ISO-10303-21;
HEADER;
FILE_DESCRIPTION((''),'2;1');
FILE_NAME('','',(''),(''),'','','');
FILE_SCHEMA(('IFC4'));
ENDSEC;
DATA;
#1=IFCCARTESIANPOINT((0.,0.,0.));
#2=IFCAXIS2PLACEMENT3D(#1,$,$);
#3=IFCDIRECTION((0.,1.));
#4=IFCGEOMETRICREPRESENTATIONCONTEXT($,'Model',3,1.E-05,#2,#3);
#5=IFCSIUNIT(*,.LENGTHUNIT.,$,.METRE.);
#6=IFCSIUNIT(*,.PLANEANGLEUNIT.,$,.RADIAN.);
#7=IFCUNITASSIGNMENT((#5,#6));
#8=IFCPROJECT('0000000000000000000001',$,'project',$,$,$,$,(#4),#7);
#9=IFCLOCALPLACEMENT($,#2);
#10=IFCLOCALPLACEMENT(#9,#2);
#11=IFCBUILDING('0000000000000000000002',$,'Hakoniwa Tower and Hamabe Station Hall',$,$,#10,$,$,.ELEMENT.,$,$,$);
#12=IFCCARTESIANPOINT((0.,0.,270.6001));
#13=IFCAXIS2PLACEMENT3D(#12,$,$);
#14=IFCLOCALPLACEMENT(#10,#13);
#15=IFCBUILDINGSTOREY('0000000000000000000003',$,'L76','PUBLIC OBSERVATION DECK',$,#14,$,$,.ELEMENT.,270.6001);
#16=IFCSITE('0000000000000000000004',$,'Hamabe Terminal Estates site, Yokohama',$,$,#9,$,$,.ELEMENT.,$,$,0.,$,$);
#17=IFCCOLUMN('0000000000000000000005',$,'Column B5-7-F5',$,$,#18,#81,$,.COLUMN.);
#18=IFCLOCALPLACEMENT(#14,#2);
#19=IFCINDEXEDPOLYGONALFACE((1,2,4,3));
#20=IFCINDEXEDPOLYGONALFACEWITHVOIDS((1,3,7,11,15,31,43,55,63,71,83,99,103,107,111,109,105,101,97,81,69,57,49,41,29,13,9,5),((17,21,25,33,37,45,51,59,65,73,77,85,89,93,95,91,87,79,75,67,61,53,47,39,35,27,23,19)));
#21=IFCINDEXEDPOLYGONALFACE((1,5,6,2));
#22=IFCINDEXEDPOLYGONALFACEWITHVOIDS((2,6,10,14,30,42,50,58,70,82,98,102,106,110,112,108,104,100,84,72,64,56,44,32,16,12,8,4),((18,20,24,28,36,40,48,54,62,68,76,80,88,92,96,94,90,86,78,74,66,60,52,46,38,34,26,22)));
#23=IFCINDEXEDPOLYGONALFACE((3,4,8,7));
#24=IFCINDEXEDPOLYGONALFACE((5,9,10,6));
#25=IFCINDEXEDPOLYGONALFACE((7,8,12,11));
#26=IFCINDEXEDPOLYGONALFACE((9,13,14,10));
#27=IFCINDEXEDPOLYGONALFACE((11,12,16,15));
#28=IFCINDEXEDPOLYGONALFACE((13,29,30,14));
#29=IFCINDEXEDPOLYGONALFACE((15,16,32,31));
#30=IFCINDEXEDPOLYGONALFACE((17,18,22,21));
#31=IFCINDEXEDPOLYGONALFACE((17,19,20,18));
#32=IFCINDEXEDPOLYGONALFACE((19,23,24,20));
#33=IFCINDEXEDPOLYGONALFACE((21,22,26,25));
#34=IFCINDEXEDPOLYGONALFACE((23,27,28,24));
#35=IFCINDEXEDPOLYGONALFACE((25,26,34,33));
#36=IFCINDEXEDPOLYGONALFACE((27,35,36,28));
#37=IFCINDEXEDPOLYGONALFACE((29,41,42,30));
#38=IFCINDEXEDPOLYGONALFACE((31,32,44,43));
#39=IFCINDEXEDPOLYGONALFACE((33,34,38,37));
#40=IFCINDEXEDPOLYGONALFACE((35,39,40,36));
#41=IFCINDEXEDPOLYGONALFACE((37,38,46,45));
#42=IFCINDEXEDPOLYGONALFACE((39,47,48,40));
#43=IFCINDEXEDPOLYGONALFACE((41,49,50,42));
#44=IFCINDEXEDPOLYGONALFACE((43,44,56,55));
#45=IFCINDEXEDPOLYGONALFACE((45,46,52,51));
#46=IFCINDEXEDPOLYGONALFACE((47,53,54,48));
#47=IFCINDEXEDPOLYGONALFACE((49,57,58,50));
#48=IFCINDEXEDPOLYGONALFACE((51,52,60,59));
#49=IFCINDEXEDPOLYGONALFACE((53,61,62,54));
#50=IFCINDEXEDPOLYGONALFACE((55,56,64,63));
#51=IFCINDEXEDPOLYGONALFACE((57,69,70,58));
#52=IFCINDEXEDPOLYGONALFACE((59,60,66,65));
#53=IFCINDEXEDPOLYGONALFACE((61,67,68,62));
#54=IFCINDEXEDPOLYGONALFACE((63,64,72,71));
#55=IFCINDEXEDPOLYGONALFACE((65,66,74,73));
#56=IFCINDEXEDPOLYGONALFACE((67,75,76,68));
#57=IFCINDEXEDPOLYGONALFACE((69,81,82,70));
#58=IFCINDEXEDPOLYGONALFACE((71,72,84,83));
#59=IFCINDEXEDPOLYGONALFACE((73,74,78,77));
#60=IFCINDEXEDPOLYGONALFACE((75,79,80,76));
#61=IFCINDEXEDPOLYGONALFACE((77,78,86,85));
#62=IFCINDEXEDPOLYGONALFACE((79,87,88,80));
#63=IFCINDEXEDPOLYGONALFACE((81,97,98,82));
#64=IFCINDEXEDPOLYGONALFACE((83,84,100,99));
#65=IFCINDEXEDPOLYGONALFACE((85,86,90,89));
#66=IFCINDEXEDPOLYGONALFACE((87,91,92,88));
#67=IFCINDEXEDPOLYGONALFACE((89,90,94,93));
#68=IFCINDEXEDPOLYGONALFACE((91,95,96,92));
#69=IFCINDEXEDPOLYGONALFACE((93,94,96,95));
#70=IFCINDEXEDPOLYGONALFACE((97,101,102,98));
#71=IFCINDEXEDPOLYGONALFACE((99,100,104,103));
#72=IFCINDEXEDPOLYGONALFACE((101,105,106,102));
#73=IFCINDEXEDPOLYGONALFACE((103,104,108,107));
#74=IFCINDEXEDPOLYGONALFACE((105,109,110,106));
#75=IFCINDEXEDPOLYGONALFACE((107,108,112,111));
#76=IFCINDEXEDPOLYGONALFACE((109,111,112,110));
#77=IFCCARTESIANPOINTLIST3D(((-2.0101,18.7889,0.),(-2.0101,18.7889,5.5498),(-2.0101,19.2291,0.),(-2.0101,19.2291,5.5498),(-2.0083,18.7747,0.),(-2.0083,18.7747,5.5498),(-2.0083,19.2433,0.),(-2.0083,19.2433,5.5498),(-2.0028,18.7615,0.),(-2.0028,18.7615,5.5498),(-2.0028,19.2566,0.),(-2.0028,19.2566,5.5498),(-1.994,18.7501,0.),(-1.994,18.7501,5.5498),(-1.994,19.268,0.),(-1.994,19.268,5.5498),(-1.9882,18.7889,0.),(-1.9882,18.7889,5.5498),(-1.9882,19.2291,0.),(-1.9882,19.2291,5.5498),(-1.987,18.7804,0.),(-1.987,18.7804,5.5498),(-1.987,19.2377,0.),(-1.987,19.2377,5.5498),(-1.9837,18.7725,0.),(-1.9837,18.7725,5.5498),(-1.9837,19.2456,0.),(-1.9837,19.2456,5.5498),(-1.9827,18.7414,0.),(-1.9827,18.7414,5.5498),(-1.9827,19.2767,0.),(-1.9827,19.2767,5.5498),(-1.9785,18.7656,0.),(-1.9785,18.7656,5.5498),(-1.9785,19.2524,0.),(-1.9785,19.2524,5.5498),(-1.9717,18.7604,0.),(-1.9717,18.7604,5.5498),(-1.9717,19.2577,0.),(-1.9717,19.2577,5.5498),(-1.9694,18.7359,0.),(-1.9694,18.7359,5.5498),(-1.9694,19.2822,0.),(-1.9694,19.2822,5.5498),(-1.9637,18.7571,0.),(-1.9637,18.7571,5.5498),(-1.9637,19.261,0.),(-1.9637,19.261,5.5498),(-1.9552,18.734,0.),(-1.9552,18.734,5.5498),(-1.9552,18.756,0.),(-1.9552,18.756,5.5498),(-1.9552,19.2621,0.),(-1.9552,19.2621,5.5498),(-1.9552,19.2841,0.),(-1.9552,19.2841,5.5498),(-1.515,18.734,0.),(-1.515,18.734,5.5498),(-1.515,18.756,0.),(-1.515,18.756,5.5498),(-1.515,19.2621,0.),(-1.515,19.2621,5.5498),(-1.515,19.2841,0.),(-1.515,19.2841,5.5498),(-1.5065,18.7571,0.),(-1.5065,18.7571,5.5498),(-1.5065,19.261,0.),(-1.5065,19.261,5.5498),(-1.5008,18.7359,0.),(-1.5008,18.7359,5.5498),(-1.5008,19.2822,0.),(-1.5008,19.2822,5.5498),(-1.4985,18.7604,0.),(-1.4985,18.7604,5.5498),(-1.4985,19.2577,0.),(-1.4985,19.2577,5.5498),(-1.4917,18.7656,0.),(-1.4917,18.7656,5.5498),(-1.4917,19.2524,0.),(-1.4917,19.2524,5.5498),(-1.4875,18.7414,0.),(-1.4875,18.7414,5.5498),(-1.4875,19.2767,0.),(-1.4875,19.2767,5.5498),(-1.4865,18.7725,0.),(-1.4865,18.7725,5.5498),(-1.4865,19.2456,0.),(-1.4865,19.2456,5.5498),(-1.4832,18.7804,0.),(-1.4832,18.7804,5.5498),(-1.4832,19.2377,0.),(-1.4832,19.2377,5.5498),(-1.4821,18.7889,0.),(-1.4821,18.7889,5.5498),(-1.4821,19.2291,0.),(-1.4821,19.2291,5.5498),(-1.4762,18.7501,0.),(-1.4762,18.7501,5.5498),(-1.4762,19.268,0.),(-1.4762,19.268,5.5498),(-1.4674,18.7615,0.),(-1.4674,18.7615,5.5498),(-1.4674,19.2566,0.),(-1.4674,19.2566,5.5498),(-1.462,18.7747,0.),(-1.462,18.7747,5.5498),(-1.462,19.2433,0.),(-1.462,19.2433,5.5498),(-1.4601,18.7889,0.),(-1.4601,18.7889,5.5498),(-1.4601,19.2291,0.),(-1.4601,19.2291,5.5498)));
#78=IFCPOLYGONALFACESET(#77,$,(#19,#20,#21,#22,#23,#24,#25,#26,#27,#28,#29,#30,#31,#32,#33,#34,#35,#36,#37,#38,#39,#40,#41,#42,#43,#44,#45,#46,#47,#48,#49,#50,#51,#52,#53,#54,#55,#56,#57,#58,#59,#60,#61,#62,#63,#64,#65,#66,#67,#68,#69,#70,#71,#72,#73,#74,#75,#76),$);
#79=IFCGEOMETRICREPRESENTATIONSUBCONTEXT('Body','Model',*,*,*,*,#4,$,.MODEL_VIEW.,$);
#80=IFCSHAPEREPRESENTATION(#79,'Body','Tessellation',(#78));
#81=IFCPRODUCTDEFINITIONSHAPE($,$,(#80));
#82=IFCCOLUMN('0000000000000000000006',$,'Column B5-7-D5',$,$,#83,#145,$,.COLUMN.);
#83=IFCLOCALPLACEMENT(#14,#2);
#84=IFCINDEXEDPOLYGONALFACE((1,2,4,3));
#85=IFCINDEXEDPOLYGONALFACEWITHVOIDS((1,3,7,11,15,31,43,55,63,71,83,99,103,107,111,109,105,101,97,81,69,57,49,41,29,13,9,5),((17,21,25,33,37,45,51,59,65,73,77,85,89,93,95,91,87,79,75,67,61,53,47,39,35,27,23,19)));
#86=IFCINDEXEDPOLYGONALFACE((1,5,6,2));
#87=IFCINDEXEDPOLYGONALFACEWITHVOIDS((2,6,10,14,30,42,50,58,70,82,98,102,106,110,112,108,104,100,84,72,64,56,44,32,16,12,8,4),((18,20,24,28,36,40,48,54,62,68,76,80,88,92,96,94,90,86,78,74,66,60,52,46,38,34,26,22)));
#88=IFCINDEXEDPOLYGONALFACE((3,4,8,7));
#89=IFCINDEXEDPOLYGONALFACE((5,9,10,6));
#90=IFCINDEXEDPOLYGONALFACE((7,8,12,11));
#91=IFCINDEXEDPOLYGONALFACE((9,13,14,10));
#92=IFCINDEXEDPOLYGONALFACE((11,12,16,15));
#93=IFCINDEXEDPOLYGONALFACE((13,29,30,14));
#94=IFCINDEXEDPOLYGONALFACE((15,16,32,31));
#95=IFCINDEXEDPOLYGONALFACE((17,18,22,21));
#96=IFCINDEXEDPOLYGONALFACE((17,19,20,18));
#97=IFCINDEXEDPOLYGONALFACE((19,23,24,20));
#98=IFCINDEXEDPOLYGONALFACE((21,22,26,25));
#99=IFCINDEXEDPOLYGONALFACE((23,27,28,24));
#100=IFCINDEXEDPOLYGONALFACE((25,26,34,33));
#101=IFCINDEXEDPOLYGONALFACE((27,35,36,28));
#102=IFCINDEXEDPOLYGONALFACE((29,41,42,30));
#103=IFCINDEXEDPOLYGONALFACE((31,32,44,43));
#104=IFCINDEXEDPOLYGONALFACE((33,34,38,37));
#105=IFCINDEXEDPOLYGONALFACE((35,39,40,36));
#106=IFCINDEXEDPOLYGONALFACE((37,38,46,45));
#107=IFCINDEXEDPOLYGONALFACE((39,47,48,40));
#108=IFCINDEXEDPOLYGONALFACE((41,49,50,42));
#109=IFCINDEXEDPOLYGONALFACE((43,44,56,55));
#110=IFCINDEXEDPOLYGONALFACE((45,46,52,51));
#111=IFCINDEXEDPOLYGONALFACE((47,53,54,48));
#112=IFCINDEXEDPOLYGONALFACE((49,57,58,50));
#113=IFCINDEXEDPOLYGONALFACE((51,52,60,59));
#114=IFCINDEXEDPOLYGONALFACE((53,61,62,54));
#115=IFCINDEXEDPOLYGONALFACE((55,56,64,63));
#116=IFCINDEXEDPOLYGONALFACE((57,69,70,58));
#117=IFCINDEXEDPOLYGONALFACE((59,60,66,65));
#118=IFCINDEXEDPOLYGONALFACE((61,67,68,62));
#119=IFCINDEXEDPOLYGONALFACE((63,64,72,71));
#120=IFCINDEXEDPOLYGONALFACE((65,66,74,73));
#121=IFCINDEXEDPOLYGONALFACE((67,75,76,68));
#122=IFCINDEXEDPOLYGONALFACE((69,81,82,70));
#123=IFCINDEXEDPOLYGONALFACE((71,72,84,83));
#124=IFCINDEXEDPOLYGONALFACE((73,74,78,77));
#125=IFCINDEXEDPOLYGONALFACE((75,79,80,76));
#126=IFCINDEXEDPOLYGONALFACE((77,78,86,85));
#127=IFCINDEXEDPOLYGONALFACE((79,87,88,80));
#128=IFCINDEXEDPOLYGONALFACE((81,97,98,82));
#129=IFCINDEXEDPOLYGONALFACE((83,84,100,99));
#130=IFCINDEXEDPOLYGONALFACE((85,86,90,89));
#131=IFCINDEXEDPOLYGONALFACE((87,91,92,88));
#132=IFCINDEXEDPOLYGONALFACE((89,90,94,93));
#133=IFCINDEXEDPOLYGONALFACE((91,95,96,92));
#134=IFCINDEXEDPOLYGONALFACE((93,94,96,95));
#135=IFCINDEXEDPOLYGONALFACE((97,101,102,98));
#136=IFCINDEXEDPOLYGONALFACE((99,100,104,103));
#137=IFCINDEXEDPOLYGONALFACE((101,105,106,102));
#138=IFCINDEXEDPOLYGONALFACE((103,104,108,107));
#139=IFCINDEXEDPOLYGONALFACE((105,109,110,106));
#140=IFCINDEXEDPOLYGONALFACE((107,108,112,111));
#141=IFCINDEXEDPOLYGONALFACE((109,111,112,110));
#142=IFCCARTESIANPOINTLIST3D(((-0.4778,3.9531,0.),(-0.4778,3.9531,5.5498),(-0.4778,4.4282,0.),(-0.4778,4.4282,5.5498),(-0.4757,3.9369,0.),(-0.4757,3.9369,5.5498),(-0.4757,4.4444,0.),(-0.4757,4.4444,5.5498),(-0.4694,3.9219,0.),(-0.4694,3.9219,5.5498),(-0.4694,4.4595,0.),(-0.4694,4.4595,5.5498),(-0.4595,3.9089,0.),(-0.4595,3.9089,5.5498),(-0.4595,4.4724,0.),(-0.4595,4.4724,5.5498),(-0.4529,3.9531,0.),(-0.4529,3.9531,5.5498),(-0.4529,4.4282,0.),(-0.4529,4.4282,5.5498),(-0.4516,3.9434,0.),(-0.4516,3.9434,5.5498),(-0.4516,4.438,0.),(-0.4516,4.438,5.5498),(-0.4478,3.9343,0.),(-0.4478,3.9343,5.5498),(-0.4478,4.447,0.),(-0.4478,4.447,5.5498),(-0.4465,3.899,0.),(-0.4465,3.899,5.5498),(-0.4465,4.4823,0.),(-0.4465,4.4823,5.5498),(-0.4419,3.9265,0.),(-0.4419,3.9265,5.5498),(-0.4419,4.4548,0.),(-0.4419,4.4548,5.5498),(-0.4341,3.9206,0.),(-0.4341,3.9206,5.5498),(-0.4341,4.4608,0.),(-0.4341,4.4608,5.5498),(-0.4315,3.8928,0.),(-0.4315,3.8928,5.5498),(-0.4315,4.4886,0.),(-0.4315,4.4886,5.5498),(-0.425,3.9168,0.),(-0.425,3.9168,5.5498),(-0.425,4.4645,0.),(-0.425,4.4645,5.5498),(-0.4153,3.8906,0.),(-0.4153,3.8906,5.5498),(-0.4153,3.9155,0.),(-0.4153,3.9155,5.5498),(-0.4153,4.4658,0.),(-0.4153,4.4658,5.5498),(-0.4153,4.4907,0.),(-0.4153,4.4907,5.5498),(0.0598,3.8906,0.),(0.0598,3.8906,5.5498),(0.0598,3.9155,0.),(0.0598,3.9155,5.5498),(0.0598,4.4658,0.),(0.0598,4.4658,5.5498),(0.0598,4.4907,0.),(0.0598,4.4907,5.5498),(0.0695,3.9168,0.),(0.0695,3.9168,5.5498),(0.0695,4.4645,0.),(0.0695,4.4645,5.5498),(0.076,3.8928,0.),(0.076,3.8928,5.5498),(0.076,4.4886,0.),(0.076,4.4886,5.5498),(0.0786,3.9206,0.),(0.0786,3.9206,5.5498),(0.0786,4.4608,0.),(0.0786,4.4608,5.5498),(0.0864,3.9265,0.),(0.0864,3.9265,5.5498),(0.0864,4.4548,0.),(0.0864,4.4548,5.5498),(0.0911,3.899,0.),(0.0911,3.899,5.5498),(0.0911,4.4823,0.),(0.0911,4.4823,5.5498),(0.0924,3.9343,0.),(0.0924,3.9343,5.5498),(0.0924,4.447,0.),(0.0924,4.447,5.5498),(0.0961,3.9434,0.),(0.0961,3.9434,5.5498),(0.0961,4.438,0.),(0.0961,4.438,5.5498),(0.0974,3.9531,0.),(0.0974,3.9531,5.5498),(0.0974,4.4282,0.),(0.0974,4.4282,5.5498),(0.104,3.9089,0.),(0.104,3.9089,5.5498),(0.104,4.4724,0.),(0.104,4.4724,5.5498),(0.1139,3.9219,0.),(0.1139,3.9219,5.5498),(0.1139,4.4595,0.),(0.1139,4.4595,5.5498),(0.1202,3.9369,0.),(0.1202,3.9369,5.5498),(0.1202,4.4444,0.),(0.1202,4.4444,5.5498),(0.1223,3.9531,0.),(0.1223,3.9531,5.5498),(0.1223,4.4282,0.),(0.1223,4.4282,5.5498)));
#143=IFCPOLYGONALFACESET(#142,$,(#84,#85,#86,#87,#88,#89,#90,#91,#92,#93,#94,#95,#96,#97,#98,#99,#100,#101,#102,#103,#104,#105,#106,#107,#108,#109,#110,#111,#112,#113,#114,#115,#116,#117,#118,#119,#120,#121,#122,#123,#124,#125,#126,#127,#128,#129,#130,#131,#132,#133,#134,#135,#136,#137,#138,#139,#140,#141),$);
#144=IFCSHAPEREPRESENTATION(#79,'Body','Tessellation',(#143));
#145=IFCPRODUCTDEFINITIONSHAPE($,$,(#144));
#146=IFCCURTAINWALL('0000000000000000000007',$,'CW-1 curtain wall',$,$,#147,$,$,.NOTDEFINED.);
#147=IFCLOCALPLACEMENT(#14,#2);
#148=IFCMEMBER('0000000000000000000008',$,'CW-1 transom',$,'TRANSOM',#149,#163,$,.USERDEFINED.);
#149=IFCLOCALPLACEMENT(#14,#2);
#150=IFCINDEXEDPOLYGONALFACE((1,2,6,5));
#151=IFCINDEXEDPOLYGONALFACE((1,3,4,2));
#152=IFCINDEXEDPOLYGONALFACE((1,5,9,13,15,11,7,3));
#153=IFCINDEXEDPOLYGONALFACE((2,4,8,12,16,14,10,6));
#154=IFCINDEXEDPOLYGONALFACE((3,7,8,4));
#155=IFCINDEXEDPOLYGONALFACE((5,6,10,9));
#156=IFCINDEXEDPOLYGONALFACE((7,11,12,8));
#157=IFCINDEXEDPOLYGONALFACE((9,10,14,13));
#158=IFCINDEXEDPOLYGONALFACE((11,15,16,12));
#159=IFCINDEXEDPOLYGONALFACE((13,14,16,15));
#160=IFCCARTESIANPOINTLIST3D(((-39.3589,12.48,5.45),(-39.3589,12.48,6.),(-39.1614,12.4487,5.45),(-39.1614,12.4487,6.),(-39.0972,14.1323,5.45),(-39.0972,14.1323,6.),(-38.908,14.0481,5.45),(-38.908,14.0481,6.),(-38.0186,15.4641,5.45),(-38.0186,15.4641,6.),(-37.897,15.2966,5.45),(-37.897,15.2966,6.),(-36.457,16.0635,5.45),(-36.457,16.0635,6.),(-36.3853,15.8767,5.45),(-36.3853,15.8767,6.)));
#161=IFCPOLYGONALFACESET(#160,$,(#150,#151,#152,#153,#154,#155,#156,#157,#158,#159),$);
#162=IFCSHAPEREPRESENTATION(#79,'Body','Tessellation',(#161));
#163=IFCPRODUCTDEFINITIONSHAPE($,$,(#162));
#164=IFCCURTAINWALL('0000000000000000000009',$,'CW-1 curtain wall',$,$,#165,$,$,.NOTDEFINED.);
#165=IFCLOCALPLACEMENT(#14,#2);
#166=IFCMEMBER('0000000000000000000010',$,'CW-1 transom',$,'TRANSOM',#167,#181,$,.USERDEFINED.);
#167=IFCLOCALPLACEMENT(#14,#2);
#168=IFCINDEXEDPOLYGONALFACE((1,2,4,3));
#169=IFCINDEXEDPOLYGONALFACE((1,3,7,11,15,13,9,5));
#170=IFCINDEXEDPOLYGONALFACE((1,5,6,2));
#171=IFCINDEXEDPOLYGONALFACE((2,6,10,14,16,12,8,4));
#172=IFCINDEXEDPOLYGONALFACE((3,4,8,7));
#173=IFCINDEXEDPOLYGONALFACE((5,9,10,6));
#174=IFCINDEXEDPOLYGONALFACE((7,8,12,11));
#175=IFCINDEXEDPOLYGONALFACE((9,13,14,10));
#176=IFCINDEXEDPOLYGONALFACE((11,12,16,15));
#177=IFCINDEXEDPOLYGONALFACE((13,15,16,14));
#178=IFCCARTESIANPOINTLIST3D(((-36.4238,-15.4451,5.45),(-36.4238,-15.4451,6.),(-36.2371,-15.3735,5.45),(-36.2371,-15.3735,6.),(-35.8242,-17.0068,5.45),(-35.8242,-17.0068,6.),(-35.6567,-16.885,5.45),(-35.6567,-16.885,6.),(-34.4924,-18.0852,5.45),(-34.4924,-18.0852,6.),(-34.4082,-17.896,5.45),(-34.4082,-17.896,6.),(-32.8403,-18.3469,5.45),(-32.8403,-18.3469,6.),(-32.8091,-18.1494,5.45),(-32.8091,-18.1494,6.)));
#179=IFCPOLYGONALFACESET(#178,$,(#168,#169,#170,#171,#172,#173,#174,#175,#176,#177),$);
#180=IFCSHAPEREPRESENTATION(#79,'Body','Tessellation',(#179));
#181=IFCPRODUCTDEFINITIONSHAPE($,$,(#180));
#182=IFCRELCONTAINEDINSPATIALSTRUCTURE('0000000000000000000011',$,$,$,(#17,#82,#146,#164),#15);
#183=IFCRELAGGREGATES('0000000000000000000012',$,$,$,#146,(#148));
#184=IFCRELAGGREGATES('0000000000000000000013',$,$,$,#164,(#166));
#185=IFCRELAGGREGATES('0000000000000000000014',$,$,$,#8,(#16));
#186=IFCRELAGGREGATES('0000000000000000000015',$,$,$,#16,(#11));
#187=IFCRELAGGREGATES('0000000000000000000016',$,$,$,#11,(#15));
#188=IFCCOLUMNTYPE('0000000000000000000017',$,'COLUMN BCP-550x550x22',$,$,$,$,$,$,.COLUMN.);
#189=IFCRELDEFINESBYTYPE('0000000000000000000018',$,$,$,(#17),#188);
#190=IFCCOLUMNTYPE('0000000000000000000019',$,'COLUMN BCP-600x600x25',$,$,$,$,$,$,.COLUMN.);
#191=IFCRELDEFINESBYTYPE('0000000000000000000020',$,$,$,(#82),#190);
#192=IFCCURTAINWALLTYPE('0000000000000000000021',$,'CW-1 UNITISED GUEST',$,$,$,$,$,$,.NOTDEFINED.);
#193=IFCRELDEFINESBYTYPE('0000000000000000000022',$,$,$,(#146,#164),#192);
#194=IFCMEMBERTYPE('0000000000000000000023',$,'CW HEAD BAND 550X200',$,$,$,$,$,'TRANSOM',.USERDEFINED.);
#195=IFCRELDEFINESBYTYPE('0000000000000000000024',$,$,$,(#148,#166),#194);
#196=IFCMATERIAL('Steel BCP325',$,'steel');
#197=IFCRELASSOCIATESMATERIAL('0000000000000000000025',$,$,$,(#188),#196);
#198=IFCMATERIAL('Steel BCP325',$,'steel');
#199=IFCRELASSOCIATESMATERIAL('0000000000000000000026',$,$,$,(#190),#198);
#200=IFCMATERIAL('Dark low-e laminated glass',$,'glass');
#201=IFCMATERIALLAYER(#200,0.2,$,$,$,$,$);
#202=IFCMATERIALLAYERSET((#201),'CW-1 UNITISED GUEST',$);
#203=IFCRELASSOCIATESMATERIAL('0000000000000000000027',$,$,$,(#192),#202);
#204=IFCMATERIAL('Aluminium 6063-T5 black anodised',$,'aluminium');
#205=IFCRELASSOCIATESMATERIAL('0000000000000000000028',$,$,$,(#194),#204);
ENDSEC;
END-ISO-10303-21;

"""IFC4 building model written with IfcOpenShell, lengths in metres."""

from ifc_helpers import new_model, si_unit, direction, frame, origin, origin_2d, place, context, subcontext, project, spatial, polyline, rectangle, hollow_rectangle, outline, extrude, material, layer, layer_set, material_profile, profile_set, type_object, element, aggregate, save


model = new_model("IFC4")

# Units and contexts
model_context = context("Model", 3, precision=1e-05, world=origin(), true_north=direction((0.0, 1.0)))
body_context = subcontext(model_context, "Body", "Model", "MODEL_VIEW")
ifc_project = project(units=[si_unit("LENGTHUNIT", "METRE"), si_unit("PLANEANGLEUNIT", "RADIAN")], contexts=[model_context])

# Site, building, storey
site_placement = place(None, origin())
site = spatial("IfcSite", under=ifc_project, at=site_placement, Name="Hamabe Terminal Estates site, Yokohama", CompositionType="ELEMENT", RefElevation=0.0)
building_placement = place(site_placement, origin())
building = spatial("IfcBuilding", under=site, at=building_placement, Name="Hakoniwa Tower and Hamabe Station Hall", CompositionType="ELEMENT")
storey_placement = place(building_placement, frame((0.0, 0.0, 270.6001)))
storey = spatial("IfcBuildingStorey", under=building, at=storey_placement, Name="L76", Description="PUBLIC OBSERVATION DECK", CompositionType="ELEMENT", Elevation=270.6001)

# Columns
ifc_material_1 = material(Name="Steel BCP325", Category="steel")
ifc_material_profile_1 = material_profile(ifc_material_1, hollow_rectangle(XDim=0.55, YDim=0.55, WallThickness=0.022, InnerFilletRadius=0.033, OuterFilletRadius=0.0549, at=origin_2d()), Name="BCP-550x550x22")
ifc_profile_set_1 = profile_set([ifc_material_profile_1], Name="Steel BCP325")
column_type_1 = type_object("IfcColumnType", Name="COLUMN BCP-550x550x22", PredefinedType="COLUMN", material=ifc_profile_set_1)
column_1_placement = place(storey_placement, frame((-1.7351, 19.009, 0.0), z_axis=(0.0, 0.0, 1.0), x_axis=(1.0, 0.0, 0.0)))
element("IfcColumn", 1, at=column_1_placement, inside=storey, type_object=column_type_1, Name="Column B5-7-F5", PredefinedType="COLUMN", context=body_context, shape_type="SweptSolid", body=[
    extrude(hollow_rectangle(XDim=0.55, YDim=0.55, WallThickness=0.022, InnerFilletRadius=0.033, OuterFilletRadius=0.0549, at=origin_2d()), origin(), (0.0, 0.0, 1.0), 5.5498),
])
ifc_material_2 = material(Name="Steel BCP325", Category="steel")
ifc_material_profile_2 = material_profile(ifc_material_2, hollow_rectangle(XDim=0.6001, YDim=0.6001, WallThickness=0.0249, InnerFilletRadius=0.0376, OuterFilletRadius=0.0625, at=origin_2d()), Name="BCP-600x600x25")
ifc_profile_set_2 = profile_set([ifc_material_profile_2], Name="Steel BCP325")
column_type_2 = type_object("IfcColumnType", Name="COLUMN BCP-600x600x25", PredefinedType="COLUMN", material=ifc_profile_set_2)
column_2_placement = place(storey_placement, frame((-0.1777, 4.1907, 0.0), z_axis=(0.0, 0.0, 1.0), x_axis=(1.0, 0.0, 0.0)))
element("IfcColumn", 2, at=column_2_placement, inside=storey, type_object=column_type_2, Name="Column B5-7-D5", PredefinedType="COLUMN", context=body_context, shape_type="SweptSolid", body=[
    extrude(hollow_rectangle(XDim=0.6001, YDim=0.6001, WallThickness=0.0249, InnerFilletRadius=0.0376, OuterFilletRadius=0.0625, at=origin_2d()), origin(), (0.0, 0.0, 1.0), 5.5498),
])

# Curtain walls, members
ifc_material_3 = material(Name="Dark low-e laminated glass", Category="glass")
ifc_layer_1 = layer(ifc_material_3, 0.2)
ifc_layer_set_1 = layer_set([ifc_layer_1], Name="CW-1 UNITISED GUEST")
curtain_wall_type = type_object("IfcCurtainWallType", Name="CW-1 UNITISED GUEST", PredefinedType="NOTDEFINED", material=ifc_layer_set_1)
curtain_wall_1_placement = place(storey_placement, origin())
curtain_wall_1 = element("IfcCurtainWall", 3, at=curtain_wall_1_placement, inside=storey, type_object=curtain_wall_type, Name="CW-1 curtain wall", PredefinedType="NOTDEFINED")
ifc_material_4 = material(Name="Aluminium 6063-T5 black anodised", Category="aluminium")
ifc_material_profile_3 = material_profile(ifc_material_4, rectangle(XDim=0.2, YDim=0.55, at=origin_2d()), Name="CW HEAD BAND 550X200")
ifc_profile_set_3 = profile_set([ifc_material_profile_3], Name="Aluminium 6063-T5 black anodised")
member_type_1 = type_object("IfcMemberType", Name="CW HEAD BAND 550X200", ElementType="TRANSOM", PredefinedType="USERDEFINED", material=ifc_profile_set_3)
member_1_placement = place(storey_placement, frame((0.0, 0.0, 5.45)))
member_1 = element("IfcMember", 4, at=member_1_placement, type_object=member_type_1, Name="CW-1 transom", ObjectType="TRANSOM", PredefinedType="USERDEFINED", context=body_context, shape_type="SweptSolid", body=[
    extrude(outline(polyline([(-36.457, 16.0635), (-38.0186, 15.4641), (-39.0972, 14.1323), (-39.3589, 12.48), (-39.1614, 12.4487), (-38.908, 14.0481), (-37.897, 15.2966), (-36.3853, 15.8767), (-36.457, 16.0635)])), origin(), (0.0, 0.0, 1.0), 0.55),
])
curtain_wall_2_placement = place(storey_placement, origin())
curtain_wall_2 = element("IfcCurtainWall", 5, at=curtain_wall_2_placement, inside=storey, type_object=curtain_wall_type, Name="CW-1 curtain wall", PredefinedType="NOTDEFINED")
member_2_placement = place(storey_placement, frame((0.0, 0.0, 5.45)))
member_2 = element("IfcMember", 6, at=member_2_placement, type_object=member_type_1, Name="CW-1 transom", ObjectType="TRANSOM", PredefinedType="USERDEFINED", context=body_context, shape_type="SweptSolid", body=[
    extrude(outline(polyline([(-36.4238, -15.4451), (-35.8242, -17.0068), (-34.4924, -18.0852), (-32.8403, -18.3469), (-32.8091, -18.1494), (-34.4082, -17.896), (-35.6567, -16.885), (-36.2371, -15.3735), (-36.4238, -15.4451)])), origin(), (0.0, 0.0, 1.0), 0.55),
])

aggregate(curtain_wall_1, [member_1])

aggregate(curtain_wall_2, [member_2])

save(model, "model.ifc")
